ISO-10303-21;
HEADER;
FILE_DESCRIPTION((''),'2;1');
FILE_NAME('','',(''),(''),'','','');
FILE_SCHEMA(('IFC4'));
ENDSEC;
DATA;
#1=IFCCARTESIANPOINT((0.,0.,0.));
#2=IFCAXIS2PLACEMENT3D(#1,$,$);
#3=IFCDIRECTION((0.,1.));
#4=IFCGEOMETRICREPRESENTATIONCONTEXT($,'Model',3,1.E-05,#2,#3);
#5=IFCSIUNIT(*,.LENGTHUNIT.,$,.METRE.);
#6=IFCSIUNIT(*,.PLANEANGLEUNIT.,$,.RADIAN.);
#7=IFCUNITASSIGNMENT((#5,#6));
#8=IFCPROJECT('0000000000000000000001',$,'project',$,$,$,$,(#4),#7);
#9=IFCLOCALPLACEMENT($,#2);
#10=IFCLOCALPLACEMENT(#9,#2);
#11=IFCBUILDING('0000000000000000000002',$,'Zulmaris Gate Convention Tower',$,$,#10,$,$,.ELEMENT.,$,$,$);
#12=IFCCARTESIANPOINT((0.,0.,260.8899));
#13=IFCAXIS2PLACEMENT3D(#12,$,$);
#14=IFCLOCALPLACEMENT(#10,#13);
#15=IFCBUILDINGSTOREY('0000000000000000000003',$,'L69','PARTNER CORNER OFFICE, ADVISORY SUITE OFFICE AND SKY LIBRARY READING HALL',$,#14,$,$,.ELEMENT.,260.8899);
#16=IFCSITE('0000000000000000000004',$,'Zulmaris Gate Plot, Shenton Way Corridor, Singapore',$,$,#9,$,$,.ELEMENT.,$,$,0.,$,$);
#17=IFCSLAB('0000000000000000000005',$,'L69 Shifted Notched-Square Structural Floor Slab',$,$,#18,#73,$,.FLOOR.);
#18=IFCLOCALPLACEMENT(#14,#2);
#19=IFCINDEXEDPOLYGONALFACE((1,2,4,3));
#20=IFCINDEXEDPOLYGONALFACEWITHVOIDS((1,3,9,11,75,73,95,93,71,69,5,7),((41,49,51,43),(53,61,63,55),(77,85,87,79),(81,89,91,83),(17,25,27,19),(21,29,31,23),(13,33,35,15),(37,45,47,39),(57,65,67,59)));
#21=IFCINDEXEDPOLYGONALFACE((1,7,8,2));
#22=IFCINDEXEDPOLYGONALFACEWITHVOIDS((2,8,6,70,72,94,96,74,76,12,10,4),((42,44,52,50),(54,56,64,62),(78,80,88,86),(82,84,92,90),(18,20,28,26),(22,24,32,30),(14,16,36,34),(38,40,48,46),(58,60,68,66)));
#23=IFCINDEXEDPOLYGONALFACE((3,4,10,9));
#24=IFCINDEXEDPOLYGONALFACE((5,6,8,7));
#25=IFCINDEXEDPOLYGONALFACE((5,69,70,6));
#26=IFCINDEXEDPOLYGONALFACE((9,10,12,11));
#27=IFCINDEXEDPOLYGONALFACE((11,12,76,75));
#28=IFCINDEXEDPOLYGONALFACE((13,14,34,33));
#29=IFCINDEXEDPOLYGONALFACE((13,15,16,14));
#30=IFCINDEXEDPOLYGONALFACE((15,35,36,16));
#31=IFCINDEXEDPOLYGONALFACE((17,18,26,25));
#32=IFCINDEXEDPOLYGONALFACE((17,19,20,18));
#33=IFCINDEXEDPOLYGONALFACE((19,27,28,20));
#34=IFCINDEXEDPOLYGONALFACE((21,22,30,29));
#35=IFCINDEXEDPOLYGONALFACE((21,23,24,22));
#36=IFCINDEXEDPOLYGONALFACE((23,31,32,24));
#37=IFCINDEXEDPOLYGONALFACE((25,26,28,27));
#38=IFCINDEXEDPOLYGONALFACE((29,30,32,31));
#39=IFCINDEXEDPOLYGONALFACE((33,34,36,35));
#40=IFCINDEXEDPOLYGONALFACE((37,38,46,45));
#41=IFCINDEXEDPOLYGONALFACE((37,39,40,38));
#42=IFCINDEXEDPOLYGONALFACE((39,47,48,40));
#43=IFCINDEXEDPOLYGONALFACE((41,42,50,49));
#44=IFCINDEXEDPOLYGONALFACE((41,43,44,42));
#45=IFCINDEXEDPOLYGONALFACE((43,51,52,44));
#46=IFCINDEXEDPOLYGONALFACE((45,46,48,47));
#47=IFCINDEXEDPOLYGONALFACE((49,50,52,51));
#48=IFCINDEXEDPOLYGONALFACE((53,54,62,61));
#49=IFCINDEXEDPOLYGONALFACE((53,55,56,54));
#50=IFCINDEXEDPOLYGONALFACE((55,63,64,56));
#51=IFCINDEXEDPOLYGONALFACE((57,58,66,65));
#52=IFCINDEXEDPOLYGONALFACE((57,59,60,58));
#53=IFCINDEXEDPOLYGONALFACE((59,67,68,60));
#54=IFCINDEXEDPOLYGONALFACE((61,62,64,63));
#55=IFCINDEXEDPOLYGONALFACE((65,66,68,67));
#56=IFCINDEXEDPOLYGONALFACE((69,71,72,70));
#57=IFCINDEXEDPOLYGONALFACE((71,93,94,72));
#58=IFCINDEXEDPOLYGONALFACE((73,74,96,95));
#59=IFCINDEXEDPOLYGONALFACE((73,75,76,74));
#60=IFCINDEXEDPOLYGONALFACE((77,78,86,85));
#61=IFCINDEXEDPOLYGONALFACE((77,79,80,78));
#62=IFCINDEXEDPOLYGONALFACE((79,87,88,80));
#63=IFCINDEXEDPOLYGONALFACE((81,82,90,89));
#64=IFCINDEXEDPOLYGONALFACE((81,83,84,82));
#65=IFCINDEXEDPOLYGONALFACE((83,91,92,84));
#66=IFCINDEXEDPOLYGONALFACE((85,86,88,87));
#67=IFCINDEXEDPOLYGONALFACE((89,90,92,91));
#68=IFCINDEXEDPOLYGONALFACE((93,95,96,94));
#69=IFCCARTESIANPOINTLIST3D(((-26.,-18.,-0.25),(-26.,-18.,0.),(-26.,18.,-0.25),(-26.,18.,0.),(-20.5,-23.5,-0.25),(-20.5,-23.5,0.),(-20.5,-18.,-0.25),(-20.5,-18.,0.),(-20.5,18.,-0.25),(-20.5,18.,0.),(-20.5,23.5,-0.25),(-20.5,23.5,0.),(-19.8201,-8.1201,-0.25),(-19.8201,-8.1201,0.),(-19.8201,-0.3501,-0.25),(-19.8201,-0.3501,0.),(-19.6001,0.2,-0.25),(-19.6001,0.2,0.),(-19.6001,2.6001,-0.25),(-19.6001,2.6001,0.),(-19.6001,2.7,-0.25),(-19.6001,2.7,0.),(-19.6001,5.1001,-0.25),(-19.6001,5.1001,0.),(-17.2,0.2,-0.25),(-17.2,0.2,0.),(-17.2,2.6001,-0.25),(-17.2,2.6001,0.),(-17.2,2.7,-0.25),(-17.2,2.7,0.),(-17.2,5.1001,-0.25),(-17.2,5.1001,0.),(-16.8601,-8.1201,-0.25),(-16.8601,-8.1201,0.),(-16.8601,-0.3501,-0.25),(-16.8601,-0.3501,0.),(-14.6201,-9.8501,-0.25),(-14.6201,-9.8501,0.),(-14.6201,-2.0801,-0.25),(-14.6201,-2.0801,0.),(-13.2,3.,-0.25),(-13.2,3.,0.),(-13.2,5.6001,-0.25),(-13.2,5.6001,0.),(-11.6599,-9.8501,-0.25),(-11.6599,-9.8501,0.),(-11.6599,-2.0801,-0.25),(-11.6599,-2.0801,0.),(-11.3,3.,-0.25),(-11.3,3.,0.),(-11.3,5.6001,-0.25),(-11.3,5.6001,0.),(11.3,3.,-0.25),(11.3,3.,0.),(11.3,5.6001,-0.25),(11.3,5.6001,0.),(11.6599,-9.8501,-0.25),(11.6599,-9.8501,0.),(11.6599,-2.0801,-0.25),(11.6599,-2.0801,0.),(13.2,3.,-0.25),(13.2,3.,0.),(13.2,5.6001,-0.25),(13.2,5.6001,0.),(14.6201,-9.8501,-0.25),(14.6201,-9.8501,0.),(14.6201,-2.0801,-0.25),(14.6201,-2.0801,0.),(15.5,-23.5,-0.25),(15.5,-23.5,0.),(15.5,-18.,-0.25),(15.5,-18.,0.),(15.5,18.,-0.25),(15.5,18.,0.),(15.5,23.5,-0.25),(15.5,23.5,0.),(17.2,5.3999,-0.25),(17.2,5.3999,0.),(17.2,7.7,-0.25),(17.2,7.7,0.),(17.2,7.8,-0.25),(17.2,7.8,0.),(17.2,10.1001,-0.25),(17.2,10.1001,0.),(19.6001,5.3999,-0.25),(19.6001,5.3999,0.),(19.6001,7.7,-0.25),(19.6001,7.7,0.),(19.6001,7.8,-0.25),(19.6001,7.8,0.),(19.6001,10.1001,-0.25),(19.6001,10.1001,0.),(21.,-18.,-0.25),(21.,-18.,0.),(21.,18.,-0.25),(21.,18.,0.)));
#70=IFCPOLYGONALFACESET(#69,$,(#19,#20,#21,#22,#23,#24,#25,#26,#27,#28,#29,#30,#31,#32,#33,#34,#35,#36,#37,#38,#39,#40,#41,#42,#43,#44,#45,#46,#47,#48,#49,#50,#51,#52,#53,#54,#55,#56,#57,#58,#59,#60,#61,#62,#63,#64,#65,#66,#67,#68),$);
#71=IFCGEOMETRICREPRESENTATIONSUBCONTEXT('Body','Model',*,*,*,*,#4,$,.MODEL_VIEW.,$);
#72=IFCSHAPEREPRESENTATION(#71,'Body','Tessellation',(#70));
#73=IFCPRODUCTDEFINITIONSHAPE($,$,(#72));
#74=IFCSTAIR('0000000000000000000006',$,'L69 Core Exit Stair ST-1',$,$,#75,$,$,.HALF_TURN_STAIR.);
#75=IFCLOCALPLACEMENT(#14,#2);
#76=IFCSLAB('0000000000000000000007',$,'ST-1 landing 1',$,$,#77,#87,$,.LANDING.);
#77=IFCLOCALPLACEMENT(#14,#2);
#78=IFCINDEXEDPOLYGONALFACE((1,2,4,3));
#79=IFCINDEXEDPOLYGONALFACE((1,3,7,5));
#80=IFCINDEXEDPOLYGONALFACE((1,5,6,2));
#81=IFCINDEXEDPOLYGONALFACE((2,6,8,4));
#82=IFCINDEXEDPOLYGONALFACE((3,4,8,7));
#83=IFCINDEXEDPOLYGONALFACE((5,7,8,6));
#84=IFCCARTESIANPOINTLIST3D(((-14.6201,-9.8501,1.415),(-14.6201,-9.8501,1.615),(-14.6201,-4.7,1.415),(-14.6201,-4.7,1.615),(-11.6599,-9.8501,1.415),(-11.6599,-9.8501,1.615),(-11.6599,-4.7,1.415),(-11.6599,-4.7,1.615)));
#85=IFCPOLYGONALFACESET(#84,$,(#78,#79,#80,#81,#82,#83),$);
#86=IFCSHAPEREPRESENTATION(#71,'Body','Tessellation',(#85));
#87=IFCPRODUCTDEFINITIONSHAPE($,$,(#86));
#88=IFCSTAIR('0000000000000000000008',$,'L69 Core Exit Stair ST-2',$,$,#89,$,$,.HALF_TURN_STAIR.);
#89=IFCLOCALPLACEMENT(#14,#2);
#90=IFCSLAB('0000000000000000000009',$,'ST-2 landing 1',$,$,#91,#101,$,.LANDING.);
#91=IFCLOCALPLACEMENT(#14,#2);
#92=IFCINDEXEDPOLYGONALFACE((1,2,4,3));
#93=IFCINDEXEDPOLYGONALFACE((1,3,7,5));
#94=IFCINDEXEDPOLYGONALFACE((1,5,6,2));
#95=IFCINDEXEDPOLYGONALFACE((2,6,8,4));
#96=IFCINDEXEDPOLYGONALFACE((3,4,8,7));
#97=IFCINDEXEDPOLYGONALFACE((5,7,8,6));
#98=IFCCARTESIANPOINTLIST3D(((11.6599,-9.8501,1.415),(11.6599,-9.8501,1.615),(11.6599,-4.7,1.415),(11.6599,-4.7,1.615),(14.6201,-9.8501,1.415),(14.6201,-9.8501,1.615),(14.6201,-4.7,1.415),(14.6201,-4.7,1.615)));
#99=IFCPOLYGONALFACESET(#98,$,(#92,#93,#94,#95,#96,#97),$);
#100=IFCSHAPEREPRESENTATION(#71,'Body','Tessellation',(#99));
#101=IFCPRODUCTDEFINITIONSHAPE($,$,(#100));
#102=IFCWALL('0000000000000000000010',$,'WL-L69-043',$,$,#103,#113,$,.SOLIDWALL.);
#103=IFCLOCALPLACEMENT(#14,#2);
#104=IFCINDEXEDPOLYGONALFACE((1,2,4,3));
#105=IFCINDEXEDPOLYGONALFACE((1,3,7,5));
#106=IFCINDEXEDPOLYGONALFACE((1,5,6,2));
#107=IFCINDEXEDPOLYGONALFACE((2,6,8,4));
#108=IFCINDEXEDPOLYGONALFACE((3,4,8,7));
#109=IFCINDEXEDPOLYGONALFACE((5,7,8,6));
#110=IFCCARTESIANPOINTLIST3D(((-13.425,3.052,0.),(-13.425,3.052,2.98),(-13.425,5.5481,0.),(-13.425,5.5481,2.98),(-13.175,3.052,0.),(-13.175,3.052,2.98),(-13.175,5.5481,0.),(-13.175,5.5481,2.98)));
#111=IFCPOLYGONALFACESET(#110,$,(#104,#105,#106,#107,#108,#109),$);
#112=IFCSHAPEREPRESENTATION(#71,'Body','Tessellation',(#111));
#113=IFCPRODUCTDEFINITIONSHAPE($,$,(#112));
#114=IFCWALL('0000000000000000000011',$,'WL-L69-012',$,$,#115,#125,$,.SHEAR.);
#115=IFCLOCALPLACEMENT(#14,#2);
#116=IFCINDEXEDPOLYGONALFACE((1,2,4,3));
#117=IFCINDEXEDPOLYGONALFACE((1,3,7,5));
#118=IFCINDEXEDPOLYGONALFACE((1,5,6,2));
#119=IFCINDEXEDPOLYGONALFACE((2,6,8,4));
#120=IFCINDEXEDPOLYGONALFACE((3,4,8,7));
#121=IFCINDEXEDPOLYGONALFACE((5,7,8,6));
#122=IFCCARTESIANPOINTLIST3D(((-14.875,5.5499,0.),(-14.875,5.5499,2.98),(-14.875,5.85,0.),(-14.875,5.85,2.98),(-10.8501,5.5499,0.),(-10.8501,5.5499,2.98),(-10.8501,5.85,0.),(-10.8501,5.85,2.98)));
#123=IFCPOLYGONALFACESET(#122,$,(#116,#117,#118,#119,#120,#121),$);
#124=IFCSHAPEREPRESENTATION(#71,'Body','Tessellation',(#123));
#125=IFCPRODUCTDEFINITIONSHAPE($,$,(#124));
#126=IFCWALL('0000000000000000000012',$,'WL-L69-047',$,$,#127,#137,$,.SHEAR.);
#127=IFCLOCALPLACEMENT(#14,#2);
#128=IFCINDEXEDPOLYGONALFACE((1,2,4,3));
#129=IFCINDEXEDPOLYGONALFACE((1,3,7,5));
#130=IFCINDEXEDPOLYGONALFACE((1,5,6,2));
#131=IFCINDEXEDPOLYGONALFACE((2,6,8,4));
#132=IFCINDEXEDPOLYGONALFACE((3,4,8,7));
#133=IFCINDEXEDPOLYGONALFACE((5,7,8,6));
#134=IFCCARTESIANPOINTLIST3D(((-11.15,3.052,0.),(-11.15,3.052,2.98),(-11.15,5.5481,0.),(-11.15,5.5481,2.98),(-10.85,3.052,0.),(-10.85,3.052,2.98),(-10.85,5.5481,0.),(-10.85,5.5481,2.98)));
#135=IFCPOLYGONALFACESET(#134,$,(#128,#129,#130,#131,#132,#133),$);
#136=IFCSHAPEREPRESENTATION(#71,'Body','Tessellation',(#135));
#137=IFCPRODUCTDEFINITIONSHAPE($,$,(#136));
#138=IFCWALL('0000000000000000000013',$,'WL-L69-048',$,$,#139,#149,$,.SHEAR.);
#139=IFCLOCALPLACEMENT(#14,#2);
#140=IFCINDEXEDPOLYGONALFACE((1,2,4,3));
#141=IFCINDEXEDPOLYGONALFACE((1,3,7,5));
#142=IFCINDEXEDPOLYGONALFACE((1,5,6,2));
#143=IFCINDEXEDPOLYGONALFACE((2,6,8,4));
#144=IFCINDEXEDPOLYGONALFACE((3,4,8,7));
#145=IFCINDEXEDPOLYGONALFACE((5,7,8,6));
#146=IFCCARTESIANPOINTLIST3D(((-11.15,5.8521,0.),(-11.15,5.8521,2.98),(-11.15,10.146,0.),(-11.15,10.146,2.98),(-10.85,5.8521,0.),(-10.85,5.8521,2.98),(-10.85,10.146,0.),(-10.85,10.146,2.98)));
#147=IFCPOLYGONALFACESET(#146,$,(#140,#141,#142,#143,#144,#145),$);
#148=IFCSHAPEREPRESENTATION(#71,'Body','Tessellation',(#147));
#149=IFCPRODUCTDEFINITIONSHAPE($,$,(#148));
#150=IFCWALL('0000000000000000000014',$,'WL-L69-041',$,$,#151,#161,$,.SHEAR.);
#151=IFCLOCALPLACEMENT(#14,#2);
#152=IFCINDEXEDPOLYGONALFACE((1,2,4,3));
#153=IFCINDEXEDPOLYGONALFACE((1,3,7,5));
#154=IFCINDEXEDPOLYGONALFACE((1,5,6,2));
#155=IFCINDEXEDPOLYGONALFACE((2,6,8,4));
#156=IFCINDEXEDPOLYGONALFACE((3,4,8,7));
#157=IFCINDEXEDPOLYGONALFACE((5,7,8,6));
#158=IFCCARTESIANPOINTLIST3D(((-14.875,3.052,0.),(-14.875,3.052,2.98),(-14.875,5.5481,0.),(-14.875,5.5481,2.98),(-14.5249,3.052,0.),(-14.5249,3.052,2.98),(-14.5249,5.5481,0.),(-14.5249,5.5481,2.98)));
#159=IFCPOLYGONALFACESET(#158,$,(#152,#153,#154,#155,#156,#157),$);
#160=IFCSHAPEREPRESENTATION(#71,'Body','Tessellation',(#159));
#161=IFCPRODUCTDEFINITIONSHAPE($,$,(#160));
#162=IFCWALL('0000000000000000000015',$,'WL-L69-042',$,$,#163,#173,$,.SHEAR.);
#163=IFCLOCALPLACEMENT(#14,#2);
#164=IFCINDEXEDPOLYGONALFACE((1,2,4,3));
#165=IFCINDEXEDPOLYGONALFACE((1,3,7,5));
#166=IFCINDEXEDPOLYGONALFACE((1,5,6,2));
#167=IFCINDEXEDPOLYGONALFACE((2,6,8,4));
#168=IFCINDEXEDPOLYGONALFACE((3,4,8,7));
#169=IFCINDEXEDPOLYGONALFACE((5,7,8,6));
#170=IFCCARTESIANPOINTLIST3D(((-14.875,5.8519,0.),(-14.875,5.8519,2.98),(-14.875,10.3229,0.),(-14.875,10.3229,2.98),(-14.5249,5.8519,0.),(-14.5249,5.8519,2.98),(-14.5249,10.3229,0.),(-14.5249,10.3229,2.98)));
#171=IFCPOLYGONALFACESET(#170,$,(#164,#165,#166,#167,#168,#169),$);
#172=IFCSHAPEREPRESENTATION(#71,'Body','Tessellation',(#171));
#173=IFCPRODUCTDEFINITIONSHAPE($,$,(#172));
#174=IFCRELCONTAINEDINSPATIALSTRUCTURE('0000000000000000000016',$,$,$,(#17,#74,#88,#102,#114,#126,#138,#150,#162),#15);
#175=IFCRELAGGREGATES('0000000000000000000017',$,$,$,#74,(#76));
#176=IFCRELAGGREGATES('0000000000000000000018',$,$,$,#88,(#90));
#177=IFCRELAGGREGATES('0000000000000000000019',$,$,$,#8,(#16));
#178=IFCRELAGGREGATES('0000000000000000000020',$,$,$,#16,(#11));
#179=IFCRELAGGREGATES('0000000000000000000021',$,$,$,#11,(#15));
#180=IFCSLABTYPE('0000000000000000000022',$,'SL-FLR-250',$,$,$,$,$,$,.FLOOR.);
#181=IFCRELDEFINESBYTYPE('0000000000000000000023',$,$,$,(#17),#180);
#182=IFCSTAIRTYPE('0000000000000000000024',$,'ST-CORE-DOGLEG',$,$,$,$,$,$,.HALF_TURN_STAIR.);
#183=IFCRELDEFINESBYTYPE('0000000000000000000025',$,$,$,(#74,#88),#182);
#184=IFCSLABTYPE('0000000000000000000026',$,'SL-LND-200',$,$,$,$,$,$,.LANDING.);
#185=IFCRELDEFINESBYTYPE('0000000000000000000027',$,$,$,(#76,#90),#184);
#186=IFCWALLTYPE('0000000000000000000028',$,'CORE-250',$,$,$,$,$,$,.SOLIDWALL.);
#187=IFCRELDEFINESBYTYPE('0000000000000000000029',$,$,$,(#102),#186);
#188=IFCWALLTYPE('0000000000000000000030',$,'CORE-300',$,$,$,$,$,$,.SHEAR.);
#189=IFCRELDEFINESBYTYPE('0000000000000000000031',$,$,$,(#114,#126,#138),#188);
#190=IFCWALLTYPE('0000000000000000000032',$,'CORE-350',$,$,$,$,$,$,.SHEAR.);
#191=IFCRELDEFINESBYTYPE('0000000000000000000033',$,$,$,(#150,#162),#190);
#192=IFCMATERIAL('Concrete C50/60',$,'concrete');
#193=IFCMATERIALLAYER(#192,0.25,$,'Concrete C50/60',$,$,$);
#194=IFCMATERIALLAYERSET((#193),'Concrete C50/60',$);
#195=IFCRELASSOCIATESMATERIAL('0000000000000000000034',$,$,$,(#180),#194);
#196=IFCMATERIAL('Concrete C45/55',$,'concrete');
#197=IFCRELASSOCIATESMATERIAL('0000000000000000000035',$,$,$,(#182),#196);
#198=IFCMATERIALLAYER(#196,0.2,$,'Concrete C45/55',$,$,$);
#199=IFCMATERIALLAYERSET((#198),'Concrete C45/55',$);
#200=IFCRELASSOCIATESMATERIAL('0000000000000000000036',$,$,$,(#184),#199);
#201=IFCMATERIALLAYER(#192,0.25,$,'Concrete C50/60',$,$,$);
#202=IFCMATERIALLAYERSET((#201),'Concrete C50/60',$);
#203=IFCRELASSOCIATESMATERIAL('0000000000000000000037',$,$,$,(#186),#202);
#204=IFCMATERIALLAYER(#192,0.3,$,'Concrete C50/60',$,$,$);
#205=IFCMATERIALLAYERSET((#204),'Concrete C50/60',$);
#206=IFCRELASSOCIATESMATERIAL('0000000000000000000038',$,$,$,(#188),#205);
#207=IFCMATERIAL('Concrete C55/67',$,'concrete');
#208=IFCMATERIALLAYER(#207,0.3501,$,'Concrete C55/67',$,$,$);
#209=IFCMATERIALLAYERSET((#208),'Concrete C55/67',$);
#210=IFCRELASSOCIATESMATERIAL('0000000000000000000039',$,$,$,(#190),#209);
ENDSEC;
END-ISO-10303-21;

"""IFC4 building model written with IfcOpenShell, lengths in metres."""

from ifc_helpers import new_model, si_unit, direction, frame, frame_2d, origin, place, context, subcontext, project, spatial, polyline, rectangle, outline, extrude, material, layer, layer_set, type_object, element, aggregate, save


model = new_model("IFC4")

# Units and contexts
model_context = context("Model", 3, precision=1e-05, world=origin(), true_north=direction((0.0, 1.0)))
body_context = subcontext(model_context, "Body", "Model", "MODEL_VIEW")
ifc_project = project(units=[si_unit("LENGTHUNIT", "METRE"), si_unit("PLANEANGLEUNIT", "RADIAN")], contexts=[model_context])

# Site, building, storey
site_placement = place(None, origin())
site = spatial("IfcSite", under=ifc_project, at=site_placement, Name="Zulmaris Gate Plot, Shenton Way Corridor, Singapore", CompositionType="ELEMENT", RefElevation=0.0)
building_placement = place(site_placement, origin())
building = spatial("IfcBuilding", under=site, at=building_placement, Name="Zulmaris Gate Convention Tower", CompositionType="ELEMENT")
storey_placement = place(building_placement, frame((0.0, 0.0, 260.8899)))
storey = spatial("IfcBuildingStorey", under=building, at=storey_placement, Name="L69", Description="PARTNER CORNER OFFICE, ADVISORY SUITE OFFICE AND SKY LIBRARY READING HALL", CompositionType="ELEMENT", Elevation=260.8899)

# Shared definitions
ifc_material_1 = material(Name="Concrete C50/60", Category="concrete")

# Slab
ifc_layer_1 = layer(ifc_material_1, 0.25, Name="Concrete C50/60")
ifc_layer_set_1 = layer_set([ifc_layer_1], Name="Concrete C50/60")
slab_type_1 = type_object("IfcSlabType", Name="SL-FLR-250", PredefinedType="FLOOR", material=ifc_layer_set_1)
slab_1_placement = place(storey_placement, frame((0.0, 0.0, -0.25)))
element("IfcSlab", 1, at=slab_1_placement, inside=storey, type_object=slab_type_1, Name="L69 Shifted Notched-Square Structural Floor Slab", PredefinedType="FLOOR", context=body_context, shape_type="SweptSolid", body=[
    extrude(outline(polyline([(-20.5, -23.5), (15.5, -23.5), (15.5, -18.0), (21.0, -18.0), (21.0, 18.0), (15.5, 18.0), (15.5, 23.5), (-20.5, 23.5), (-20.5, 18.0), (-26.0, 18.0), (-26.0, -18.0), (-20.5, -18.0), (-20.5, -23.5)]), holes=[polyline([(-14.6201, -2.0801), (-14.6201, -9.8501), (-11.6599, -9.8501), (-11.6599, -2.0801), (-14.6201, -2.0801)]), polyline([(11.6599, -2.0801), (11.6599, -9.8501), (14.6201, -9.8501), (14.6201, -2.0801), (11.6599, -2.0801)]), polyline([(-16.8601, -8.1201), (-16.8601, -0.3501), (-19.8201, -0.3501), (-19.8201, -8.1201), (-16.8601, -8.1201)]), polyline([(-13.2, 3.0), (-11.3, 3.0), (-11.3, 5.6001), (-13.2, 5.6001), (-13.2, 3.0)]), polyline([(11.3, 3.0), (13.2, 3.0), (13.2, 5.6001), (11.3, 5.6001), (11.3, 3.0)]), polyline([(17.2, 5.3999), (19.6001, 5.3999), (19.6001, 7.7), (17.2, 7.7), (17.2, 5.3999)]), polyline([(17.2, 7.8), (19.6001, 7.8), (19.6001, 10.1001), (17.2, 10.1001), (17.2, 7.8)]), polyline([(-19.6001, 0.2), (-17.2, 0.2), (-17.2, 2.6001), (-19.6001, 2.6001), (-19.6001, 0.2)]), polyline([(-19.6001, 2.7), (-17.2, 2.7), (-17.2, 5.1001), (-19.6001, 5.1001), (-19.6001, 2.7)])]), origin(), (0.0, 0.0, 1.0), 0.25),
])

# Stairs, slabs
ifc_material_2 = material(Name="Concrete C45/55", Category="concrete")
stair_type = type_object("IfcStairType", Name="ST-CORE-DOGLEG", PredefinedType="HALF_TURN_STAIR", material=ifc_material_2)
stair_1_placement = place(storey_placement, origin())
stair_1 = element("IfcStair", 2, at=stair_1_placement, inside=storey, type_object=stair_type, Name="L69 Core Exit Stair ST-1", PredefinedType="HALF_TURN_STAIR")
ifc_layer_2 = layer(ifc_material_2, 0.2, Name="Concrete C45/55")
ifc_layer_set_2 = layer_set([ifc_layer_2], Name="Concrete C45/55")
slab_type_2 = type_object("IfcSlabType", Name="SL-LND-200", PredefinedType="LANDING", material=ifc_layer_set_2)
slab_2_placement = place(storey_placement, frame((0.0, 0.0, 1.415)))
slab_2 = element("IfcSlab", 3, at=slab_2_placement, type_object=slab_type_2, Name="ST-1 landing 1", PredefinedType="LANDING", context=body_context, shape_type="SweptSolid", body=[
    extrude(outline(polyline([(-14.6201, -4.7), (-14.6201, -9.8501), (-11.6599, -9.8501), (-11.6599, -4.7), (-14.6201, -4.7)])), origin(), (0.0, 0.0, 1.0), 0.2),
])
aggregate(stair_1, [slab_2])
stair_2_placement = place(storey_placement, origin())
stair_2 = element("IfcStair", 4, at=stair_2_placement, inside=storey, type_object=stair_type, Name="L69 Core Exit Stair ST-2", PredefinedType="HALF_TURN_STAIR")
slab_3_placement = place(storey_placement, frame((0.0, 0.0, 1.415)))
slab_3 = element("IfcSlab", 5, at=slab_3_placement, type_object=slab_type_2, Name="ST-2 landing 1", PredefinedType="LANDING", context=body_context, shape_type="SweptSolid", body=[
    extrude(outline(polyline([(11.6599, -4.7), (11.6599, -9.8501), (14.6201, -9.8501), (14.6201, -4.7), (11.6599, -4.7)])), origin(), (0.0, 0.0, 1.0), 0.2),
])
aggregate(stair_2, [slab_3])

# Walls
ifc_layer_3 = layer(ifc_material_1, 0.25, Name="Concrete C50/60")
ifc_layer_set_3 = layer_set([ifc_layer_3], Name="Concrete C50/60")
wall_type_1 = type_object("IfcWallType", Name="CORE-250", PredefinedType="SOLIDWALL", material=ifc_layer_set_3)
wall_1_placement = place(storey_placement, frame((-13.3, 3.052, 0.0), z_axis=(0.0, 0.0, 1.0), x_axis=(0.0, 1.0, 0.0)))
element("IfcWall", 6, at=wall_1_placement, inside=storey, type_object=wall_type_1, Name="WL-L69-043", PredefinedType="SOLIDWALL", context=body_context, shape_type="SweptSolid", body=[
    extrude(rectangle(XDim=2.4961, YDim=0.25, at=frame_2d((1.248, 0.0))), origin(), (0.0, 0.0, 1.0), 2.98),
])
ifc_layer_4 = layer(ifc_material_1, 0.3, Name="Concrete C50/60")
ifc_layer_set_4 = layer_set([ifc_layer_4], Name="Concrete C50/60")
wall_type_2 = type_object("IfcWallType", Name="CORE-300", PredefinedType="SHEAR", material=ifc_layer_set_4)
wall_2_placement = place(storey_placement, frame((-14.875, 5.7, 0.0), z_axis=(0.0, 0.0, 1.0), x_axis=(1.0, 0.0, 0.0)))
element("IfcWall", 7, at=wall_2_placement, inside=storey, type_object=wall_type_2, Name="WL-L69-012", PredefinedType="SHEAR", context=body_context, shape_type="SweptSolid", body=[
    extrude(rectangle(XDim=4.0249, YDim=0.3, at=frame_2d((2.0125, 0.0))), origin(), (0.0, 0.0, 1.0), 2.98),
])

# Walls
wall_3_placement = place(storey_placement, frame((-11.0, 3.052, 0.0), z_axis=(0.0, 0.0, 1.0), x_axis=(0.0, 1.0, 0.0)))
element("IfcWall", 8, at=wall_3_placement, inside=storey, type_object=wall_type_2, Name="WL-L69-047", PredefinedType="SHEAR", context=body_context, shape_type="SweptSolid", body=[
    extrude(rectangle(XDim=2.4961, YDim=0.3, at=frame_2d((1.248, 0.0))), origin(), (0.0, 0.0, 1.0), 2.98),
])
wall_4_placement = place(storey_placement, frame((-11.0, 5.8521, 0.0), z_axis=(0.0, 0.0, 1.0), x_axis=(0.0, 1.0, 0.0)))
element("IfcWall", 9, at=wall_4_placement, inside=storey, type_object=wall_type_2, Name="WL-L69-048", PredefinedType="SHEAR", context=body_context, shape_type="SweptSolid", body=[
    extrude(rectangle(XDim=4.2939, YDim=0.3, at=frame_2d((2.147, 0.0))), origin(), (0.0, 0.0, 1.0), 2.98),
])
ifc_material_3 = material(Name="Concrete C55/67", Category="concrete")
ifc_layer_5 = layer(ifc_material_3, 0.3501, Name="Concrete C55/67")
ifc_layer_set_5 = layer_set([ifc_layer_5], Name="Concrete C55/67")
wall_type_3 = type_object("IfcWallType", Name="CORE-350", PredefinedType="SHEAR", material=ifc_layer_set_5)
wall_5_placement = place(storey_placement, frame((-14.7, 3.052, 0.0), z_axis=(0.0, 0.0, 1.0), x_axis=(0.0, 1.0, 0.0)))
element("IfcWall", 10, at=wall_5_placement, inside=storey, type_object=wall_type_3, Name="WL-L69-041", PredefinedType="SHEAR", context=body_context, shape_type="SweptSolid", body=[
    extrude(rectangle(XDim=2.4961, YDim=0.3501, at=frame_2d((1.248, 0.0))), origin(), (0.0, 0.0, 1.0), 2.98),
])
wall_6_placement = place(storey_placement, frame((-14.7, 5.8521, 0.0), z_axis=(0.0, 0.0, 1.0), x_axis=(0.0, 1.0, 0.0)))
element("IfcWall", 11, at=wall_6_placement, inside=storey, type_object=wall_type_3, Name="WL-L69-042", PredefinedType="SHEAR", context=body_context, shape_type="SweptSolid", body=[
    extrude(rectangle(XDim=4.4709, YDim=0.3501, at=frame_2d((2.2354, 0.0))), origin(), (0.0, 0.0, 1.0), 2.98),
])

save(model, "model.ifc")
